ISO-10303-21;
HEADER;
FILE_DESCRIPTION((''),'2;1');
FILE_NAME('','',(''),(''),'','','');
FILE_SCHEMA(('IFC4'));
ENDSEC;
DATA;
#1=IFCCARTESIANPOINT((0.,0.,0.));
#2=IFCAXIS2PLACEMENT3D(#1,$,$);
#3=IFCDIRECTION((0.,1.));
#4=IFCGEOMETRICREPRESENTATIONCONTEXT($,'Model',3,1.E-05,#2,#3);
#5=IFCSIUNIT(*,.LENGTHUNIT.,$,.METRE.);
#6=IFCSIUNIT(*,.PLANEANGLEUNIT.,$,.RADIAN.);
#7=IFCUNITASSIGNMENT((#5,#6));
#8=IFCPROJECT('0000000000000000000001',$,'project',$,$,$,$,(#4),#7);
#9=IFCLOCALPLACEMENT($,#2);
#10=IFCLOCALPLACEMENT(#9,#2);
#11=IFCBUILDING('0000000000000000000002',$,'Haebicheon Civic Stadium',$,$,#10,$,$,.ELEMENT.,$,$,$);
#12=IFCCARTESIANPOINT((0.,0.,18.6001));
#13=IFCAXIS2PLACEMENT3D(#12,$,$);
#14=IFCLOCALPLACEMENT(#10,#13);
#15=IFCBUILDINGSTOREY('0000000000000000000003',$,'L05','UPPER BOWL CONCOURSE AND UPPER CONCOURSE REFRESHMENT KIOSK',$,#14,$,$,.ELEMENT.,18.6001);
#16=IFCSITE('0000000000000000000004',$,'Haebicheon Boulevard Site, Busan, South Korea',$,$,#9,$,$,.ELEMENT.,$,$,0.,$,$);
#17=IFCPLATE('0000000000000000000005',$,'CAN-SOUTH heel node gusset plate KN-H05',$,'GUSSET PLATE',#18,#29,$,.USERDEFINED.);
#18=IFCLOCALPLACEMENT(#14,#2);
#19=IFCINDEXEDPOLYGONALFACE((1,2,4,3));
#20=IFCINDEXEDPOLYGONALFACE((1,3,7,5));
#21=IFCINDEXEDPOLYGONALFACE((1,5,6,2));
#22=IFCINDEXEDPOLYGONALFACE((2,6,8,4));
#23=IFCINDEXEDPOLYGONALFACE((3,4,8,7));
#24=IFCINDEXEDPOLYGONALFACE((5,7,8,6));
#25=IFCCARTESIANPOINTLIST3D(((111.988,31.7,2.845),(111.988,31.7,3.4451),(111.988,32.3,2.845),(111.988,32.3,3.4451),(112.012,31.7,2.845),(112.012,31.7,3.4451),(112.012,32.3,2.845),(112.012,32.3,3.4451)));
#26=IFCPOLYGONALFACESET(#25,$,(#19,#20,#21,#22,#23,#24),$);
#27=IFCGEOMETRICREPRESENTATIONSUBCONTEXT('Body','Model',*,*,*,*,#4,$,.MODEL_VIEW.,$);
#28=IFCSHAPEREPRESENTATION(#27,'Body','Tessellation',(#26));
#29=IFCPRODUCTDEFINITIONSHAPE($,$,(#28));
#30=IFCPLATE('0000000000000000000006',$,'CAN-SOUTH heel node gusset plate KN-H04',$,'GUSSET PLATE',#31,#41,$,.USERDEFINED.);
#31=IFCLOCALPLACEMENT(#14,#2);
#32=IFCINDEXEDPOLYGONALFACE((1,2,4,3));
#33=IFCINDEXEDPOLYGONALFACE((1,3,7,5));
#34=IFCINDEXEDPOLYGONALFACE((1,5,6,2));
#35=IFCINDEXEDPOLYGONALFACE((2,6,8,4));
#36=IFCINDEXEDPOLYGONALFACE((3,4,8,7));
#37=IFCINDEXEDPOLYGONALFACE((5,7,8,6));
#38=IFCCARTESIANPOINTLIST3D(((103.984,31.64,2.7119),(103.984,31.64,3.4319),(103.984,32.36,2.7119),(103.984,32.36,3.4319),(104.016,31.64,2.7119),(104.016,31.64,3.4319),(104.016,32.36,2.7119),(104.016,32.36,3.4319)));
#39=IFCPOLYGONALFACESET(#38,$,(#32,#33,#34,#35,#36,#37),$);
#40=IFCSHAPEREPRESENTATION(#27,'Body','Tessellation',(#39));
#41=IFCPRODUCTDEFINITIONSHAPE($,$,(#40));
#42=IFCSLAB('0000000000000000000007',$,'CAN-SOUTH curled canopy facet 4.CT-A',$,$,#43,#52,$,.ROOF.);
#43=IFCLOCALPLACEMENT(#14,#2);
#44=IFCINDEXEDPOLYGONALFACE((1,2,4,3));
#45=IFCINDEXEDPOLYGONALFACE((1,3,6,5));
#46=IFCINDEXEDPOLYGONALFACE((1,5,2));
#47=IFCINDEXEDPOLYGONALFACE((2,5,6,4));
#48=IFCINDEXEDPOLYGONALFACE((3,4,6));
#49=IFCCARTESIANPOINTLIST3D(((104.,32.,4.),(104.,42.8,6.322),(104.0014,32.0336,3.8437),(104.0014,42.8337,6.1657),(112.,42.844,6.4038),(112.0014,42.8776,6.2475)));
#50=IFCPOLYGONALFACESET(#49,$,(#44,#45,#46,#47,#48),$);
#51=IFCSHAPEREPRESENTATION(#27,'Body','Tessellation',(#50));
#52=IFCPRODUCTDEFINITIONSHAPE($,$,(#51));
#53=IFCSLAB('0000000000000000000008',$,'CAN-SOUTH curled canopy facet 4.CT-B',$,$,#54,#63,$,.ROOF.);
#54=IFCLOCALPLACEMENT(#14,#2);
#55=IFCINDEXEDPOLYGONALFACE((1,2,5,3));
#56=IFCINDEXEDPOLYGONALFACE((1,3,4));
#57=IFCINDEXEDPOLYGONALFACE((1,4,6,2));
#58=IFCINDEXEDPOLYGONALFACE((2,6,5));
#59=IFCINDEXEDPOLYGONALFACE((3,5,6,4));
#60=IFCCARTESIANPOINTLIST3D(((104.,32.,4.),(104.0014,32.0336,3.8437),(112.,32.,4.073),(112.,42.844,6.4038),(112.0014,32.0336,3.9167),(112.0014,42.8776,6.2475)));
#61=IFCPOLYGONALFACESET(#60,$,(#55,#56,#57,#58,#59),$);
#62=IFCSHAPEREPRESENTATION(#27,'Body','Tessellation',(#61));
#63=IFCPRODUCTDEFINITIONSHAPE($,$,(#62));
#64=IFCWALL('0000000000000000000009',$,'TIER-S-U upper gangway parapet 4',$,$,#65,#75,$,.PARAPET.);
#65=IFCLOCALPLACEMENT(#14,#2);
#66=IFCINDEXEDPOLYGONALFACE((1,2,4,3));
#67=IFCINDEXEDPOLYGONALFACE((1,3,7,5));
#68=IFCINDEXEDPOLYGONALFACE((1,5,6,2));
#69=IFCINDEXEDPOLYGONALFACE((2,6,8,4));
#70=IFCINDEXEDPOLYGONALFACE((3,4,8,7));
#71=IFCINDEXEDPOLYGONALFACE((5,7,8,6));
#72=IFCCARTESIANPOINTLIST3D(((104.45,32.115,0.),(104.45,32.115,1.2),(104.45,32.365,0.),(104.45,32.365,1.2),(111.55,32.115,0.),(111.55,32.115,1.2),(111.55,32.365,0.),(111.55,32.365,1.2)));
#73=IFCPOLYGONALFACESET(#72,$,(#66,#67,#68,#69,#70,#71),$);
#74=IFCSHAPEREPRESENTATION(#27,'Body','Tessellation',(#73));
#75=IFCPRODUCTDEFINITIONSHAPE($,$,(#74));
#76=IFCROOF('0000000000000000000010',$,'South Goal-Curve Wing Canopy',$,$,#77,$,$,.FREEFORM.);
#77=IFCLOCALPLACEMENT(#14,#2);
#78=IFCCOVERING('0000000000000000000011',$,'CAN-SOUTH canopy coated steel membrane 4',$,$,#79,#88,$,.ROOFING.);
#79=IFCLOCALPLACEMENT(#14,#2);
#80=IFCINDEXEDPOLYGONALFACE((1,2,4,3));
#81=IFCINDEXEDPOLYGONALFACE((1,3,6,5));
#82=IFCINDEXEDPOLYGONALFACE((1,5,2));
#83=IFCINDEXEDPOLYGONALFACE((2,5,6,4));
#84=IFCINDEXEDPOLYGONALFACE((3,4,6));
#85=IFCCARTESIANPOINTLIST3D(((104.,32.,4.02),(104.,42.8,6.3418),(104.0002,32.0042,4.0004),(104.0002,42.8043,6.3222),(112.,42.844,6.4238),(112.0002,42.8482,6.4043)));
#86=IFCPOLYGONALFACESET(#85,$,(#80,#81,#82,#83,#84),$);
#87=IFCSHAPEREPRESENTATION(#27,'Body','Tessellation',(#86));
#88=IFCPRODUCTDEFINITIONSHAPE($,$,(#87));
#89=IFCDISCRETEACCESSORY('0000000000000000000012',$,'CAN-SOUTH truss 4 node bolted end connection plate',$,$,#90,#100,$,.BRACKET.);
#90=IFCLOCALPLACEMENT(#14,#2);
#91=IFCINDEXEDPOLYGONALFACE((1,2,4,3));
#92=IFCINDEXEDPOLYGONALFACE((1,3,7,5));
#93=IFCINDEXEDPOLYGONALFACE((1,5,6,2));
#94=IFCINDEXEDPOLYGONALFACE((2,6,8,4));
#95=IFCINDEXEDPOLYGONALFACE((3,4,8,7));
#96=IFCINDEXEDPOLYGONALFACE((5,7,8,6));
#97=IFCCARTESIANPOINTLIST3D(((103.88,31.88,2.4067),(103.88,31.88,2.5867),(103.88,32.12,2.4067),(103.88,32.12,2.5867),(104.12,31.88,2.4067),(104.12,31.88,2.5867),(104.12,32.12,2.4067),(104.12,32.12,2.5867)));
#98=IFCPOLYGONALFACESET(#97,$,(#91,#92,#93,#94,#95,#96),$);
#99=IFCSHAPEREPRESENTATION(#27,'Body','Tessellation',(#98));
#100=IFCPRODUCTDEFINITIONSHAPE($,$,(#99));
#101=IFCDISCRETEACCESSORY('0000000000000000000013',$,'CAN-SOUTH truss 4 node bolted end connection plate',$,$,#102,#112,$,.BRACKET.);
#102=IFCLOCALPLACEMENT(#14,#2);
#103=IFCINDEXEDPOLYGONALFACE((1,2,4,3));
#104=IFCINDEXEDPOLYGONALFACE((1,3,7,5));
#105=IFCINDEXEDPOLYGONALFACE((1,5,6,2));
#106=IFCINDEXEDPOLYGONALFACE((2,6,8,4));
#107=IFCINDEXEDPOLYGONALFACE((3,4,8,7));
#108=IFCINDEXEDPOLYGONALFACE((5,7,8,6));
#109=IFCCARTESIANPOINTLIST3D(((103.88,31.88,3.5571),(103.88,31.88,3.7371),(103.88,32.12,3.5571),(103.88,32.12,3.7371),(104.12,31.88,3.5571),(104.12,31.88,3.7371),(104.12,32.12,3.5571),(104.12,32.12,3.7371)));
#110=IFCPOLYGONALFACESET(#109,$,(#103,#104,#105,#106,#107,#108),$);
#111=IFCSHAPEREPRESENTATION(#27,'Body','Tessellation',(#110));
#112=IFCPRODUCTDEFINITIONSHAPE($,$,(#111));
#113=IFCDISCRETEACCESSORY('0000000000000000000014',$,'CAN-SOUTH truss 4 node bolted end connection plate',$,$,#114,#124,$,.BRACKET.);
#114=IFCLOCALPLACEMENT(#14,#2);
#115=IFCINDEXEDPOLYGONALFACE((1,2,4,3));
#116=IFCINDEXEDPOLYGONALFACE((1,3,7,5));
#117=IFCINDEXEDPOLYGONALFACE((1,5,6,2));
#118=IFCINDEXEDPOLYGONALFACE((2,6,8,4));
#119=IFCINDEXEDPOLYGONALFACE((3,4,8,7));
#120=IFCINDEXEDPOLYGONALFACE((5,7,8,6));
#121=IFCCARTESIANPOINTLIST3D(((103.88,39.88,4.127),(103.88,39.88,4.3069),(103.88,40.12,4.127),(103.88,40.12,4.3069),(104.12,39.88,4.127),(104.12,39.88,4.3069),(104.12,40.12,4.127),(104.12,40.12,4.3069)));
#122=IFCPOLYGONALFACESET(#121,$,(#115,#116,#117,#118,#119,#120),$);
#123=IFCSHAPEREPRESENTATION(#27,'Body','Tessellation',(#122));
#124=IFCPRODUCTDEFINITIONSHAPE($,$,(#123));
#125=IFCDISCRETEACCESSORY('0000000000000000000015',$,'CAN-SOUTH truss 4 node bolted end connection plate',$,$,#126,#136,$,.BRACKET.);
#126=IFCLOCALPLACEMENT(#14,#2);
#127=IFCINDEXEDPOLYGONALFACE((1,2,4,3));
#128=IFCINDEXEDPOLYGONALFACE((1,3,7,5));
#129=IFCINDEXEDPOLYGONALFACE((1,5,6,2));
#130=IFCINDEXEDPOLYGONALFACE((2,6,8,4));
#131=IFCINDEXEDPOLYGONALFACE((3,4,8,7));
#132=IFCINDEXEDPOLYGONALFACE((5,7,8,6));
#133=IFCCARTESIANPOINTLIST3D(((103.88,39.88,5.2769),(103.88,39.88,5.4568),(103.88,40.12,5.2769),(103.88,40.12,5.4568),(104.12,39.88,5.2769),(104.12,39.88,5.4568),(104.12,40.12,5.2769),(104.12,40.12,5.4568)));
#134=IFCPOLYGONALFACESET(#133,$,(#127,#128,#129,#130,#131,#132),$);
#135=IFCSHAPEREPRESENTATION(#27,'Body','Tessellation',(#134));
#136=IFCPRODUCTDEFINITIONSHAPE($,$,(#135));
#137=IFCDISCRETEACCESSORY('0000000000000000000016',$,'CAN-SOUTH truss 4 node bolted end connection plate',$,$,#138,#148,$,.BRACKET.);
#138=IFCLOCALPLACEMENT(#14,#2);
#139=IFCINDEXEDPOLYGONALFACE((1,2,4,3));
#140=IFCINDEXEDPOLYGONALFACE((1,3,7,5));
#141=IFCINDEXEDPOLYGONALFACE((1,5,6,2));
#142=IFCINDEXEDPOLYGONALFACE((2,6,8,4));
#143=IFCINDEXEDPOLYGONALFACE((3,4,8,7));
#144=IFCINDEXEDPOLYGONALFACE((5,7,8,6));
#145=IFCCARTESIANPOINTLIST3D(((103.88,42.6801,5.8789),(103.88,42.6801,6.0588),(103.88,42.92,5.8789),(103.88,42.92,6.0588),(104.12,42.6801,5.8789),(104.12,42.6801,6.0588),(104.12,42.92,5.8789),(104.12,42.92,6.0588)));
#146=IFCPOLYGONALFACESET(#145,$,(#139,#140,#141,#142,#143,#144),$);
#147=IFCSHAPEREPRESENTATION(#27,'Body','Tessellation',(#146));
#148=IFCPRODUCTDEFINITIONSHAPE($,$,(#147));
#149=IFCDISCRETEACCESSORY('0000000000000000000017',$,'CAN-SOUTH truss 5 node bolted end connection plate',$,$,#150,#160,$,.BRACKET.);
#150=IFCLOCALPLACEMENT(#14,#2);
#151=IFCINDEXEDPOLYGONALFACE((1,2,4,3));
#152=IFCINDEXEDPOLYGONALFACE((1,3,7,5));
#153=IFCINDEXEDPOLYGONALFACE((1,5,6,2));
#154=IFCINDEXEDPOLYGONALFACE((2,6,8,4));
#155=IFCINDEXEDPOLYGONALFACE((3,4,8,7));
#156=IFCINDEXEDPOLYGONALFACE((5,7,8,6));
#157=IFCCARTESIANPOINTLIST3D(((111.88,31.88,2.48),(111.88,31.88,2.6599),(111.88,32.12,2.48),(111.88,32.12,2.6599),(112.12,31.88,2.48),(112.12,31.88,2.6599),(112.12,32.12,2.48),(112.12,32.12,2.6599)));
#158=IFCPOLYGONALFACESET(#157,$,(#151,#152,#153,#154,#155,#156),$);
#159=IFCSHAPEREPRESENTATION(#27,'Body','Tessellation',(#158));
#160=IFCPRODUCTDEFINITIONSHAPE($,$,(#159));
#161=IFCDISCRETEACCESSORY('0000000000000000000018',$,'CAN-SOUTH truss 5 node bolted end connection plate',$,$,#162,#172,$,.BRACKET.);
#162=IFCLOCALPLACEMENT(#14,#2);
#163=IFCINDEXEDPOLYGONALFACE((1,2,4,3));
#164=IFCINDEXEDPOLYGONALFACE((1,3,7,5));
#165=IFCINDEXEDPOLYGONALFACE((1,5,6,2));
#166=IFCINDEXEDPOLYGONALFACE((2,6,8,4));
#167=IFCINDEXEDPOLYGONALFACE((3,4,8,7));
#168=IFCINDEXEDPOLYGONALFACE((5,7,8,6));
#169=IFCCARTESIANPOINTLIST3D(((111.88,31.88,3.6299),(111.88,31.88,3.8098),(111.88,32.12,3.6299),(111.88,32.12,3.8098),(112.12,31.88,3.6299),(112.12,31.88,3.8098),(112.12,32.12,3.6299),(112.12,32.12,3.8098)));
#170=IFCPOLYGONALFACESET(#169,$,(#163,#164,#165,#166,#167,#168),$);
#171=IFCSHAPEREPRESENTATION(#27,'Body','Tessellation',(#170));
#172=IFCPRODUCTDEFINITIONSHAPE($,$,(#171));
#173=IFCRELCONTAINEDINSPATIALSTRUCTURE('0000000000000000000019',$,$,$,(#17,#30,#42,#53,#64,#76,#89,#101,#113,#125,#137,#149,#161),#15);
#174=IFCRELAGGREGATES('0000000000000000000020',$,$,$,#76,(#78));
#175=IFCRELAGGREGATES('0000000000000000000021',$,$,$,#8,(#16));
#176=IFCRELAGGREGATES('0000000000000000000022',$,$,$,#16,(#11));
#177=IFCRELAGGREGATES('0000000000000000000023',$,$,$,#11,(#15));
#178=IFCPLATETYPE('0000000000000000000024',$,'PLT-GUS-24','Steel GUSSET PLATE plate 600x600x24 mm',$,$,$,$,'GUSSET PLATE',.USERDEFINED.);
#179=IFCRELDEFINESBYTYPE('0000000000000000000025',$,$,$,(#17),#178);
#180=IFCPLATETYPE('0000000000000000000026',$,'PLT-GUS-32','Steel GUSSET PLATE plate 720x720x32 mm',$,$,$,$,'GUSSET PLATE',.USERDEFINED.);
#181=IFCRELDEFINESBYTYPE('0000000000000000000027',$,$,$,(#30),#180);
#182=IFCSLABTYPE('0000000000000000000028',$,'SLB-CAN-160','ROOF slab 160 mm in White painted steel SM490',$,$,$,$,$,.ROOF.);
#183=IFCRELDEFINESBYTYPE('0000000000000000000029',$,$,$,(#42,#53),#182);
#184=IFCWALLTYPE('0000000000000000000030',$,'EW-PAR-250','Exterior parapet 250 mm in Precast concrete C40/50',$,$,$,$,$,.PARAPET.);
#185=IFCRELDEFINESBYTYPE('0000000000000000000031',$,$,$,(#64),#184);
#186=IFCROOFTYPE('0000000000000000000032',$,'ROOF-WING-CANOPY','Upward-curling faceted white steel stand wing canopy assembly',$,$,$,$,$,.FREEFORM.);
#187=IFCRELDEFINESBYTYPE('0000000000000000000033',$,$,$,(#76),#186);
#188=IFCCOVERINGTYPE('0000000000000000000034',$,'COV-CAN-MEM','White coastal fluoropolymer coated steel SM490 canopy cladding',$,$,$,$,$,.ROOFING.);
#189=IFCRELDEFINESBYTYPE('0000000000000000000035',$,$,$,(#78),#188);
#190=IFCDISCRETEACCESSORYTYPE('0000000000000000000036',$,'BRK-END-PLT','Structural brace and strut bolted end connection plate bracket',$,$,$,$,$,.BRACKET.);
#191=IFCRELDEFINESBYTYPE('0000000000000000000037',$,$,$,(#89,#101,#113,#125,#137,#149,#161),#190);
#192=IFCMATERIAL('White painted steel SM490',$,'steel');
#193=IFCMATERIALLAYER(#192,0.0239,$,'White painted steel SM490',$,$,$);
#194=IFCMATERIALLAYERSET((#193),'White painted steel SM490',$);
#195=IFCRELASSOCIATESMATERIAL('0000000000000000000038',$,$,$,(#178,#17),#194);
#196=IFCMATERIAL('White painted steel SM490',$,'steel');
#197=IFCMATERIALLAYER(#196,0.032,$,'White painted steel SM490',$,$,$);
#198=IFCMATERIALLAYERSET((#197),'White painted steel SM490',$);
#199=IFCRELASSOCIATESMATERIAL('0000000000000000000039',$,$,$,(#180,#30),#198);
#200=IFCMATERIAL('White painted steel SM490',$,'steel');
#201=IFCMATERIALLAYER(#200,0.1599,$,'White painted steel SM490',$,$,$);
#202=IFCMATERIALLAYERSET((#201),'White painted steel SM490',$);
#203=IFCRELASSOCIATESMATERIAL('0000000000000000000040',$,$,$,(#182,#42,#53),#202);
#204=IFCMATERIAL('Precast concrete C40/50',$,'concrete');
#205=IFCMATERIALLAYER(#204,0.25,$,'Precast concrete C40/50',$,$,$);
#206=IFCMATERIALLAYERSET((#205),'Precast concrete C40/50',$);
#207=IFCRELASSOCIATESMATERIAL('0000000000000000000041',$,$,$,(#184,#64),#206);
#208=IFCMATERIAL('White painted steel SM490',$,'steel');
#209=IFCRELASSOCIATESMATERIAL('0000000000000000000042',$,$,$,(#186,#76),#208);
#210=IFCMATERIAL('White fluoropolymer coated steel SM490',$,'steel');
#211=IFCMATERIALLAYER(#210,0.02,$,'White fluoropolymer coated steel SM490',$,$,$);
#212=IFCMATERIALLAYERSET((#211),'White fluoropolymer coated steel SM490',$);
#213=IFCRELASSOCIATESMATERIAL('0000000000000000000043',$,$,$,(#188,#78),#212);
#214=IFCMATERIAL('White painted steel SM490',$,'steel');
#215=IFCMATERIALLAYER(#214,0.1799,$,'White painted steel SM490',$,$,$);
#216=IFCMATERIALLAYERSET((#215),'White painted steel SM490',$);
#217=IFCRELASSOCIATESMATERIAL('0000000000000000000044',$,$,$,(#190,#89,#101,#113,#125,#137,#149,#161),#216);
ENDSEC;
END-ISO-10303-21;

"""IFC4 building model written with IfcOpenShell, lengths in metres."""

from ifc_helpers import new_model, si_unit, direction, frame, frame_2d, origin, origin_2d, place, context, subcontext, project, spatial, polyline, rectangle, outline, extrude, material, layer, layer_set, type_object, element, aggregate, save


model = new_model("IFC4")

# Units and contexts
model_context = context("Model", 3, precision=1e-05, world=origin(), true_north=direction((0.0, 1.0)))
body_context = subcontext(model_context, "Body", "Model", "MODEL_VIEW")
ifc_project = project(units=[si_unit("LENGTHUNIT", "METRE"), si_unit("PLANEANGLEUNIT", "RADIAN")], contexts=[model_context])

# Site, building, storey
site_placement = place(None, origin())
site = spatial("IfcSite", under=ifc_project, at=site_placement, Name="Haebicheon Boulevard Site, Busan, South Korea", CompositionType="ELEMENT", RefElevation=0.0)
building_placement = place(site_placement, origin())
building = spatial("IfcBuilding", under=site, at=building_placement, Name="Haebicheon Civic Stadium", CompositionType="ELEMENT")
storey_placement = place(building_placement, frame((0.0, 0.0, 18.6001)))
storey = spatial("IfcBuildingStorey", under=building, at=storey_placement, Name="L05", Description="UPPER BOWL CONCOURSE AND UPPER CONCOURSE REFRESHMENT KIOSK", CompositionType="ELEMENT", Elevation=18.6001)

# Plates
ifc_material_1 = material(Name="White painted steel SM490", Category="steel")
ifc_layer_1 = layer(ifc_material_1, 0.0239, Name="White painted steel SM490")
ifc_layer_set_1 = layer_set([ifc_layer_1], Name="White painted steel SM490")
plate_type_1 = type_object("IfcPlateType", Name="PLT-GUS-24", Description="Steel GUSSET PLATE plate 600x600x24 mm", ElementType="GUSSET PLATE", PredefinedType="USERDEFINED", material=ifc_layer_set_1)
plate_1_placement = place(storey_placement, frame((112.0, 32.0, 2.845), z_axis=(0.0, 0.0, 1.0), x_axis=(0.0, 1.0, 0.0)))
element("IfcPlate", 1, at=plate_1_placement, inside=storey, type_object=plate_type_1, material=ifc_layer_set_1, Name="CAN-SOUTH heel node gusset plate KN-H05", ObjectType="GUSSET PLATE", PredefinedType="USERDEFINED", context=body_context, shape_type="SweptSolid", body=[
    extrude(rectangle(XDim=0.6001, YDim=0.0239, at=origin_2d()), origin(), (0.0, 0.0, 1.0), 0.6001),
])
ifc_material_2 = material(Name="White painted steel SM490", Category="steel")
ifc_layer_2 = layer(ifc_material_2, 0.032, Name="White painted steel SM490")
ifc_layer_set_2 = layer_set([ifc_layer_2], Name="White painted steel SM490")
plate_type_2 = type_object("IfcPlateType", Name="PLT-GUS-32", Description="Steel GUSSET PLATE plate 720x720x32 mm", ElementType="GUSSET PLATE", PredefinedType="USERDEFINED", material=ifc_layer_set_2)
plate_2_placement = place(storey_placement, frame((104.0, 32.0, 2.7119), z_axis=(0.0, 0.0, 1.0), x_axis=(0.0, 1.0, 0.0)))
element("IfcPlate", 2, at=plate_2_placement, inside=storey, type_object=plate_type_2, material=ifc_layer_set_2, Name="CAN-SOUTH heel node gusset plate KN-H04", ObjectType="GUSSET PLATE", PredefinedType="USERDEFINED", context=body_context, shape_type="SweptSolid", body=[
    extrude(rectangle(XDim=0.72, YDim=0.032, at=origin_2d()), origin(), (0.0, 0.0, 1.0), 0.72),
])

# Slabs
ifc_material_3 = material(Name="White painted steel SM490", Category="steel")
ifc_layer_3 = layer(ifc_material_3, 0.1599, Name="White painted steel SM490")
ifc_layer_set_3 = layer_set([ifc_layer_3], Name="White painted steel SM490")
slab_type = type_object("IfcSlabType", Name="SLB-CAN-160", Description="ROOF slab 160 mm in White painted steel SM490", PredefinedType="ROOF", material=ifc_layer_set_3)
slab_1_placement = place(storey_placement, frame((104.0, 32.0, 4.0), z_axis=(-0.00884, -0.210189, 0.977621), x_axis=(0.0, 0.977659, 0.210198)))
element("IfcSlab", 3, at=slab_1_placement, inside=storey, type_object=slab_type, material=ifc_layer_set_3, Name="CAN-SOUTH curled canopy facet 4.CT-A", PredefinedType="ROOF", context=body_context, shape_type="SweptSolid", body=[
    extrude(outline(polyline([(0.0, 0.0), (11.0468, 0.0), (11.107, -8.0003), (0.0, 0.0)])), origin(), (0.0, 0.0, -1.0), 0.1599),
])
slab_2_placement = place(storey_placement, frame((104.0, 32.0, 4.0), z_axis=(-0.008921, -0.210132, 0.977632), x_axis=(0.584439, 0.792207, 0.17561)))
element("IfcSlab", 4, at=slab_2_placement, inside=storey, type_object=slab_type, material=ifc_layer_set_3, Name="CAN-SOUTH curled canopy facet 4.CT-B", PredefinedType="ROOF", context=body_context, shape_type="SweptSolid", body=[
    extrude(outline(polyline([(0.0, 0.0), (13.6883, 0.0), (4.6883, -6.4827), (0.0, 0.0)])), origin(), (0.0, 0.0, -1.0), 0.1599),
])

# Wall
ifc_material_4 = material(Name="Precast concrete C40/50", Category="concrete")
ifc_layer_4 = layer(ifc_material_4, 0.25, Name="Precast concrete C40/50")
ifc_layer_set_4 = layer_set([ifc_layer_4], Name="Precast concrete C40/50")
wall_type = type_object("IfcWallType", Name="EW-PAR-250", Description="Exterior parapet 250 mm in Precast concrete C40/50", PredefinedType="PARAPET", material=ifc_layer_set_4)
wall_placement = place(storey_placement, frame((104.45, 32.24, 0.0), z_axis=(0.0, 0.0, 1.0), x_axis=(1.0, 0.0, 0.0)))
element("IfcWall", 5, at=wall_placement, inside=storey, type_object=wall_type, material=ifc_layer_set_4, Name="TIER-S-U upper gangway parapet 4", PredefinedType="PARAPET", context=body_context, shape_type="SweptSolid", body=[
    extrude(rectangle(XDim=7.1001, YDim=0.25, at=frame_2d((3.55, 0.0))), origin(), (0.0, 0.0, 1.0), 1.2),
])

# Roof, covering
ifc_material_5 = material(Name="White painted steel SM490", Category="steel")
roof_type = type_object("IfcRoofType", Name="ROOF-WING-CANOPY", Description="Upward-curling faceted white steel stand wing canopy assembly", PredefinedType="FREEFORM", material=ifc_material_5)
roof_placement = place(storey_placement, origin())
roof = element("IfcRoof", 6, at=roof_placement, inside=storey, type_object=roof_type, material=ifc_material_5, Name="South Goal-Curve Wing Canopy", PredefinedType="FREEFORM")
ifc_material_6 = material(Name="White fluoropolymer coated steel SM490", Category="steel")
ifc_layer_5 = layer(ifc_material_6, 0.02, Name="White fluoropolymer coated steel SM490")
ifc_layer_set_5 = layer_set([ifc_layer_5], Name="White fluoropolymer coated steel SM490")
covering_type = type_object("IfcCoveringType", Name="COV-CAN-MEM", Description="White coastal fluoropolymer coated steel SM490 canopy cladding", PredefinedType="ROOFING", material=ifc_layer_set_5)
covering_placement = place(storey_placement, frame((104.0, 32.0, 4.02), z_axis=(-0.00887, -0.210168, 0.977625), x_axis=(0.0, 0.977663, 0.210177)))
covering = element("IfcCovering", 7, at=covering_placement, type_object=covering_type, material=ifc_layer_set_5, Name="CAN-SOUTH canopy coated steel membrane 4", PredefinedType="ROOFING", context=body_context, shape_type="SweptSolid", body=[
    extrude(outline(polyline([(0.0, 0.0), (11.0468, 0.0), (11.107, -8.0003), (0.0, 0.0)])), origin(), (0.0, 0.0, -1.0), 0.02),
])
aggregate(roof, [covering])

# Discrete accessories
ifc_material_7 = material(Name="White painted steel SM490", Category="steel")
ifc_layer_6 = layer(ifc_material_7, 0.1799, Name="White painted steel SM490")
ifc_layer_set_6 = layer_set([ifc_layer_6], Name="White painted steel SM490")
discrete_accessory_type = type_object("IfcDiscreteAccessoryType", Name="BRK-END-PLT", Description="Structural brace and strut bolted end connection plate bracket", PredefinedType="BRACKET", material=ifc_layer_set_6)
for number, where, z_axis, x_axis, name in (
    (8, (104.0, 32.0, 2.4067), (0.0, 0.0, 1.0), (1.0, 0.0, 0.0), "CAN-SOUTH truss 4 node bolted end connection plate"),
    (9, (104.0, 32.0, 3.5571), (0.0, 0.0, 1.0), (1.0, 0.0, 0.0), "CAN-SOUTH truss 4 node bolted end connection plate"),
    (10, (104.0, 40.0, 4.127), (0.0, 0.0, 1.0), (1.0, 0.0, 0.0), "CAN-SOUTH truss 4 node bolted end connection plate"),
    (11, (104.0, 40.0, 5.2769), (0.0, 0.0, 1.0), (1.0, 0.0, 0.0), "CAN-SOUTH truss 4 node bolted end connection plate"),
    (12, (104.0, 42.8, 5.8789), (0.0, 0.0, 1.0), (1.0, 0.0, 0.0), "CAN-SOUTH truss 4 node bolted end connection plate"),
    (13, (112.0, 32.0, 2.48), (0.0, 0.0, 1.0), (1.0, 0.0, 0.0), "CAN-SOUTH truss 5 node bolted end connection plate"),
    (14, (112.0, 32.0, 3.6299), (0.0, 0.0, 1.0), (1.0, 0.0, 0.0), "CAN-SOUTH truss 5 node bolted end connection plate"),
):
    element("IfcDiscreteAccessory", number, at=place(storey_placement, frame(where, z_axis=z_axis, x_axis=x_axis)), inside=storey, type_object=discrete_accessory_type, material=ifc_layer_set_6, Name=name, PredefinedType="BRACKET", context=body_context, shape_type="SweptSolid", body=[
        extrude(rectangle(XDim=0.24, YDim=0.24, at=origin_2d()), origin(), (0.0, 0.0, 1.0), 0.1799),
    ])

save(model, "model.ifc")
